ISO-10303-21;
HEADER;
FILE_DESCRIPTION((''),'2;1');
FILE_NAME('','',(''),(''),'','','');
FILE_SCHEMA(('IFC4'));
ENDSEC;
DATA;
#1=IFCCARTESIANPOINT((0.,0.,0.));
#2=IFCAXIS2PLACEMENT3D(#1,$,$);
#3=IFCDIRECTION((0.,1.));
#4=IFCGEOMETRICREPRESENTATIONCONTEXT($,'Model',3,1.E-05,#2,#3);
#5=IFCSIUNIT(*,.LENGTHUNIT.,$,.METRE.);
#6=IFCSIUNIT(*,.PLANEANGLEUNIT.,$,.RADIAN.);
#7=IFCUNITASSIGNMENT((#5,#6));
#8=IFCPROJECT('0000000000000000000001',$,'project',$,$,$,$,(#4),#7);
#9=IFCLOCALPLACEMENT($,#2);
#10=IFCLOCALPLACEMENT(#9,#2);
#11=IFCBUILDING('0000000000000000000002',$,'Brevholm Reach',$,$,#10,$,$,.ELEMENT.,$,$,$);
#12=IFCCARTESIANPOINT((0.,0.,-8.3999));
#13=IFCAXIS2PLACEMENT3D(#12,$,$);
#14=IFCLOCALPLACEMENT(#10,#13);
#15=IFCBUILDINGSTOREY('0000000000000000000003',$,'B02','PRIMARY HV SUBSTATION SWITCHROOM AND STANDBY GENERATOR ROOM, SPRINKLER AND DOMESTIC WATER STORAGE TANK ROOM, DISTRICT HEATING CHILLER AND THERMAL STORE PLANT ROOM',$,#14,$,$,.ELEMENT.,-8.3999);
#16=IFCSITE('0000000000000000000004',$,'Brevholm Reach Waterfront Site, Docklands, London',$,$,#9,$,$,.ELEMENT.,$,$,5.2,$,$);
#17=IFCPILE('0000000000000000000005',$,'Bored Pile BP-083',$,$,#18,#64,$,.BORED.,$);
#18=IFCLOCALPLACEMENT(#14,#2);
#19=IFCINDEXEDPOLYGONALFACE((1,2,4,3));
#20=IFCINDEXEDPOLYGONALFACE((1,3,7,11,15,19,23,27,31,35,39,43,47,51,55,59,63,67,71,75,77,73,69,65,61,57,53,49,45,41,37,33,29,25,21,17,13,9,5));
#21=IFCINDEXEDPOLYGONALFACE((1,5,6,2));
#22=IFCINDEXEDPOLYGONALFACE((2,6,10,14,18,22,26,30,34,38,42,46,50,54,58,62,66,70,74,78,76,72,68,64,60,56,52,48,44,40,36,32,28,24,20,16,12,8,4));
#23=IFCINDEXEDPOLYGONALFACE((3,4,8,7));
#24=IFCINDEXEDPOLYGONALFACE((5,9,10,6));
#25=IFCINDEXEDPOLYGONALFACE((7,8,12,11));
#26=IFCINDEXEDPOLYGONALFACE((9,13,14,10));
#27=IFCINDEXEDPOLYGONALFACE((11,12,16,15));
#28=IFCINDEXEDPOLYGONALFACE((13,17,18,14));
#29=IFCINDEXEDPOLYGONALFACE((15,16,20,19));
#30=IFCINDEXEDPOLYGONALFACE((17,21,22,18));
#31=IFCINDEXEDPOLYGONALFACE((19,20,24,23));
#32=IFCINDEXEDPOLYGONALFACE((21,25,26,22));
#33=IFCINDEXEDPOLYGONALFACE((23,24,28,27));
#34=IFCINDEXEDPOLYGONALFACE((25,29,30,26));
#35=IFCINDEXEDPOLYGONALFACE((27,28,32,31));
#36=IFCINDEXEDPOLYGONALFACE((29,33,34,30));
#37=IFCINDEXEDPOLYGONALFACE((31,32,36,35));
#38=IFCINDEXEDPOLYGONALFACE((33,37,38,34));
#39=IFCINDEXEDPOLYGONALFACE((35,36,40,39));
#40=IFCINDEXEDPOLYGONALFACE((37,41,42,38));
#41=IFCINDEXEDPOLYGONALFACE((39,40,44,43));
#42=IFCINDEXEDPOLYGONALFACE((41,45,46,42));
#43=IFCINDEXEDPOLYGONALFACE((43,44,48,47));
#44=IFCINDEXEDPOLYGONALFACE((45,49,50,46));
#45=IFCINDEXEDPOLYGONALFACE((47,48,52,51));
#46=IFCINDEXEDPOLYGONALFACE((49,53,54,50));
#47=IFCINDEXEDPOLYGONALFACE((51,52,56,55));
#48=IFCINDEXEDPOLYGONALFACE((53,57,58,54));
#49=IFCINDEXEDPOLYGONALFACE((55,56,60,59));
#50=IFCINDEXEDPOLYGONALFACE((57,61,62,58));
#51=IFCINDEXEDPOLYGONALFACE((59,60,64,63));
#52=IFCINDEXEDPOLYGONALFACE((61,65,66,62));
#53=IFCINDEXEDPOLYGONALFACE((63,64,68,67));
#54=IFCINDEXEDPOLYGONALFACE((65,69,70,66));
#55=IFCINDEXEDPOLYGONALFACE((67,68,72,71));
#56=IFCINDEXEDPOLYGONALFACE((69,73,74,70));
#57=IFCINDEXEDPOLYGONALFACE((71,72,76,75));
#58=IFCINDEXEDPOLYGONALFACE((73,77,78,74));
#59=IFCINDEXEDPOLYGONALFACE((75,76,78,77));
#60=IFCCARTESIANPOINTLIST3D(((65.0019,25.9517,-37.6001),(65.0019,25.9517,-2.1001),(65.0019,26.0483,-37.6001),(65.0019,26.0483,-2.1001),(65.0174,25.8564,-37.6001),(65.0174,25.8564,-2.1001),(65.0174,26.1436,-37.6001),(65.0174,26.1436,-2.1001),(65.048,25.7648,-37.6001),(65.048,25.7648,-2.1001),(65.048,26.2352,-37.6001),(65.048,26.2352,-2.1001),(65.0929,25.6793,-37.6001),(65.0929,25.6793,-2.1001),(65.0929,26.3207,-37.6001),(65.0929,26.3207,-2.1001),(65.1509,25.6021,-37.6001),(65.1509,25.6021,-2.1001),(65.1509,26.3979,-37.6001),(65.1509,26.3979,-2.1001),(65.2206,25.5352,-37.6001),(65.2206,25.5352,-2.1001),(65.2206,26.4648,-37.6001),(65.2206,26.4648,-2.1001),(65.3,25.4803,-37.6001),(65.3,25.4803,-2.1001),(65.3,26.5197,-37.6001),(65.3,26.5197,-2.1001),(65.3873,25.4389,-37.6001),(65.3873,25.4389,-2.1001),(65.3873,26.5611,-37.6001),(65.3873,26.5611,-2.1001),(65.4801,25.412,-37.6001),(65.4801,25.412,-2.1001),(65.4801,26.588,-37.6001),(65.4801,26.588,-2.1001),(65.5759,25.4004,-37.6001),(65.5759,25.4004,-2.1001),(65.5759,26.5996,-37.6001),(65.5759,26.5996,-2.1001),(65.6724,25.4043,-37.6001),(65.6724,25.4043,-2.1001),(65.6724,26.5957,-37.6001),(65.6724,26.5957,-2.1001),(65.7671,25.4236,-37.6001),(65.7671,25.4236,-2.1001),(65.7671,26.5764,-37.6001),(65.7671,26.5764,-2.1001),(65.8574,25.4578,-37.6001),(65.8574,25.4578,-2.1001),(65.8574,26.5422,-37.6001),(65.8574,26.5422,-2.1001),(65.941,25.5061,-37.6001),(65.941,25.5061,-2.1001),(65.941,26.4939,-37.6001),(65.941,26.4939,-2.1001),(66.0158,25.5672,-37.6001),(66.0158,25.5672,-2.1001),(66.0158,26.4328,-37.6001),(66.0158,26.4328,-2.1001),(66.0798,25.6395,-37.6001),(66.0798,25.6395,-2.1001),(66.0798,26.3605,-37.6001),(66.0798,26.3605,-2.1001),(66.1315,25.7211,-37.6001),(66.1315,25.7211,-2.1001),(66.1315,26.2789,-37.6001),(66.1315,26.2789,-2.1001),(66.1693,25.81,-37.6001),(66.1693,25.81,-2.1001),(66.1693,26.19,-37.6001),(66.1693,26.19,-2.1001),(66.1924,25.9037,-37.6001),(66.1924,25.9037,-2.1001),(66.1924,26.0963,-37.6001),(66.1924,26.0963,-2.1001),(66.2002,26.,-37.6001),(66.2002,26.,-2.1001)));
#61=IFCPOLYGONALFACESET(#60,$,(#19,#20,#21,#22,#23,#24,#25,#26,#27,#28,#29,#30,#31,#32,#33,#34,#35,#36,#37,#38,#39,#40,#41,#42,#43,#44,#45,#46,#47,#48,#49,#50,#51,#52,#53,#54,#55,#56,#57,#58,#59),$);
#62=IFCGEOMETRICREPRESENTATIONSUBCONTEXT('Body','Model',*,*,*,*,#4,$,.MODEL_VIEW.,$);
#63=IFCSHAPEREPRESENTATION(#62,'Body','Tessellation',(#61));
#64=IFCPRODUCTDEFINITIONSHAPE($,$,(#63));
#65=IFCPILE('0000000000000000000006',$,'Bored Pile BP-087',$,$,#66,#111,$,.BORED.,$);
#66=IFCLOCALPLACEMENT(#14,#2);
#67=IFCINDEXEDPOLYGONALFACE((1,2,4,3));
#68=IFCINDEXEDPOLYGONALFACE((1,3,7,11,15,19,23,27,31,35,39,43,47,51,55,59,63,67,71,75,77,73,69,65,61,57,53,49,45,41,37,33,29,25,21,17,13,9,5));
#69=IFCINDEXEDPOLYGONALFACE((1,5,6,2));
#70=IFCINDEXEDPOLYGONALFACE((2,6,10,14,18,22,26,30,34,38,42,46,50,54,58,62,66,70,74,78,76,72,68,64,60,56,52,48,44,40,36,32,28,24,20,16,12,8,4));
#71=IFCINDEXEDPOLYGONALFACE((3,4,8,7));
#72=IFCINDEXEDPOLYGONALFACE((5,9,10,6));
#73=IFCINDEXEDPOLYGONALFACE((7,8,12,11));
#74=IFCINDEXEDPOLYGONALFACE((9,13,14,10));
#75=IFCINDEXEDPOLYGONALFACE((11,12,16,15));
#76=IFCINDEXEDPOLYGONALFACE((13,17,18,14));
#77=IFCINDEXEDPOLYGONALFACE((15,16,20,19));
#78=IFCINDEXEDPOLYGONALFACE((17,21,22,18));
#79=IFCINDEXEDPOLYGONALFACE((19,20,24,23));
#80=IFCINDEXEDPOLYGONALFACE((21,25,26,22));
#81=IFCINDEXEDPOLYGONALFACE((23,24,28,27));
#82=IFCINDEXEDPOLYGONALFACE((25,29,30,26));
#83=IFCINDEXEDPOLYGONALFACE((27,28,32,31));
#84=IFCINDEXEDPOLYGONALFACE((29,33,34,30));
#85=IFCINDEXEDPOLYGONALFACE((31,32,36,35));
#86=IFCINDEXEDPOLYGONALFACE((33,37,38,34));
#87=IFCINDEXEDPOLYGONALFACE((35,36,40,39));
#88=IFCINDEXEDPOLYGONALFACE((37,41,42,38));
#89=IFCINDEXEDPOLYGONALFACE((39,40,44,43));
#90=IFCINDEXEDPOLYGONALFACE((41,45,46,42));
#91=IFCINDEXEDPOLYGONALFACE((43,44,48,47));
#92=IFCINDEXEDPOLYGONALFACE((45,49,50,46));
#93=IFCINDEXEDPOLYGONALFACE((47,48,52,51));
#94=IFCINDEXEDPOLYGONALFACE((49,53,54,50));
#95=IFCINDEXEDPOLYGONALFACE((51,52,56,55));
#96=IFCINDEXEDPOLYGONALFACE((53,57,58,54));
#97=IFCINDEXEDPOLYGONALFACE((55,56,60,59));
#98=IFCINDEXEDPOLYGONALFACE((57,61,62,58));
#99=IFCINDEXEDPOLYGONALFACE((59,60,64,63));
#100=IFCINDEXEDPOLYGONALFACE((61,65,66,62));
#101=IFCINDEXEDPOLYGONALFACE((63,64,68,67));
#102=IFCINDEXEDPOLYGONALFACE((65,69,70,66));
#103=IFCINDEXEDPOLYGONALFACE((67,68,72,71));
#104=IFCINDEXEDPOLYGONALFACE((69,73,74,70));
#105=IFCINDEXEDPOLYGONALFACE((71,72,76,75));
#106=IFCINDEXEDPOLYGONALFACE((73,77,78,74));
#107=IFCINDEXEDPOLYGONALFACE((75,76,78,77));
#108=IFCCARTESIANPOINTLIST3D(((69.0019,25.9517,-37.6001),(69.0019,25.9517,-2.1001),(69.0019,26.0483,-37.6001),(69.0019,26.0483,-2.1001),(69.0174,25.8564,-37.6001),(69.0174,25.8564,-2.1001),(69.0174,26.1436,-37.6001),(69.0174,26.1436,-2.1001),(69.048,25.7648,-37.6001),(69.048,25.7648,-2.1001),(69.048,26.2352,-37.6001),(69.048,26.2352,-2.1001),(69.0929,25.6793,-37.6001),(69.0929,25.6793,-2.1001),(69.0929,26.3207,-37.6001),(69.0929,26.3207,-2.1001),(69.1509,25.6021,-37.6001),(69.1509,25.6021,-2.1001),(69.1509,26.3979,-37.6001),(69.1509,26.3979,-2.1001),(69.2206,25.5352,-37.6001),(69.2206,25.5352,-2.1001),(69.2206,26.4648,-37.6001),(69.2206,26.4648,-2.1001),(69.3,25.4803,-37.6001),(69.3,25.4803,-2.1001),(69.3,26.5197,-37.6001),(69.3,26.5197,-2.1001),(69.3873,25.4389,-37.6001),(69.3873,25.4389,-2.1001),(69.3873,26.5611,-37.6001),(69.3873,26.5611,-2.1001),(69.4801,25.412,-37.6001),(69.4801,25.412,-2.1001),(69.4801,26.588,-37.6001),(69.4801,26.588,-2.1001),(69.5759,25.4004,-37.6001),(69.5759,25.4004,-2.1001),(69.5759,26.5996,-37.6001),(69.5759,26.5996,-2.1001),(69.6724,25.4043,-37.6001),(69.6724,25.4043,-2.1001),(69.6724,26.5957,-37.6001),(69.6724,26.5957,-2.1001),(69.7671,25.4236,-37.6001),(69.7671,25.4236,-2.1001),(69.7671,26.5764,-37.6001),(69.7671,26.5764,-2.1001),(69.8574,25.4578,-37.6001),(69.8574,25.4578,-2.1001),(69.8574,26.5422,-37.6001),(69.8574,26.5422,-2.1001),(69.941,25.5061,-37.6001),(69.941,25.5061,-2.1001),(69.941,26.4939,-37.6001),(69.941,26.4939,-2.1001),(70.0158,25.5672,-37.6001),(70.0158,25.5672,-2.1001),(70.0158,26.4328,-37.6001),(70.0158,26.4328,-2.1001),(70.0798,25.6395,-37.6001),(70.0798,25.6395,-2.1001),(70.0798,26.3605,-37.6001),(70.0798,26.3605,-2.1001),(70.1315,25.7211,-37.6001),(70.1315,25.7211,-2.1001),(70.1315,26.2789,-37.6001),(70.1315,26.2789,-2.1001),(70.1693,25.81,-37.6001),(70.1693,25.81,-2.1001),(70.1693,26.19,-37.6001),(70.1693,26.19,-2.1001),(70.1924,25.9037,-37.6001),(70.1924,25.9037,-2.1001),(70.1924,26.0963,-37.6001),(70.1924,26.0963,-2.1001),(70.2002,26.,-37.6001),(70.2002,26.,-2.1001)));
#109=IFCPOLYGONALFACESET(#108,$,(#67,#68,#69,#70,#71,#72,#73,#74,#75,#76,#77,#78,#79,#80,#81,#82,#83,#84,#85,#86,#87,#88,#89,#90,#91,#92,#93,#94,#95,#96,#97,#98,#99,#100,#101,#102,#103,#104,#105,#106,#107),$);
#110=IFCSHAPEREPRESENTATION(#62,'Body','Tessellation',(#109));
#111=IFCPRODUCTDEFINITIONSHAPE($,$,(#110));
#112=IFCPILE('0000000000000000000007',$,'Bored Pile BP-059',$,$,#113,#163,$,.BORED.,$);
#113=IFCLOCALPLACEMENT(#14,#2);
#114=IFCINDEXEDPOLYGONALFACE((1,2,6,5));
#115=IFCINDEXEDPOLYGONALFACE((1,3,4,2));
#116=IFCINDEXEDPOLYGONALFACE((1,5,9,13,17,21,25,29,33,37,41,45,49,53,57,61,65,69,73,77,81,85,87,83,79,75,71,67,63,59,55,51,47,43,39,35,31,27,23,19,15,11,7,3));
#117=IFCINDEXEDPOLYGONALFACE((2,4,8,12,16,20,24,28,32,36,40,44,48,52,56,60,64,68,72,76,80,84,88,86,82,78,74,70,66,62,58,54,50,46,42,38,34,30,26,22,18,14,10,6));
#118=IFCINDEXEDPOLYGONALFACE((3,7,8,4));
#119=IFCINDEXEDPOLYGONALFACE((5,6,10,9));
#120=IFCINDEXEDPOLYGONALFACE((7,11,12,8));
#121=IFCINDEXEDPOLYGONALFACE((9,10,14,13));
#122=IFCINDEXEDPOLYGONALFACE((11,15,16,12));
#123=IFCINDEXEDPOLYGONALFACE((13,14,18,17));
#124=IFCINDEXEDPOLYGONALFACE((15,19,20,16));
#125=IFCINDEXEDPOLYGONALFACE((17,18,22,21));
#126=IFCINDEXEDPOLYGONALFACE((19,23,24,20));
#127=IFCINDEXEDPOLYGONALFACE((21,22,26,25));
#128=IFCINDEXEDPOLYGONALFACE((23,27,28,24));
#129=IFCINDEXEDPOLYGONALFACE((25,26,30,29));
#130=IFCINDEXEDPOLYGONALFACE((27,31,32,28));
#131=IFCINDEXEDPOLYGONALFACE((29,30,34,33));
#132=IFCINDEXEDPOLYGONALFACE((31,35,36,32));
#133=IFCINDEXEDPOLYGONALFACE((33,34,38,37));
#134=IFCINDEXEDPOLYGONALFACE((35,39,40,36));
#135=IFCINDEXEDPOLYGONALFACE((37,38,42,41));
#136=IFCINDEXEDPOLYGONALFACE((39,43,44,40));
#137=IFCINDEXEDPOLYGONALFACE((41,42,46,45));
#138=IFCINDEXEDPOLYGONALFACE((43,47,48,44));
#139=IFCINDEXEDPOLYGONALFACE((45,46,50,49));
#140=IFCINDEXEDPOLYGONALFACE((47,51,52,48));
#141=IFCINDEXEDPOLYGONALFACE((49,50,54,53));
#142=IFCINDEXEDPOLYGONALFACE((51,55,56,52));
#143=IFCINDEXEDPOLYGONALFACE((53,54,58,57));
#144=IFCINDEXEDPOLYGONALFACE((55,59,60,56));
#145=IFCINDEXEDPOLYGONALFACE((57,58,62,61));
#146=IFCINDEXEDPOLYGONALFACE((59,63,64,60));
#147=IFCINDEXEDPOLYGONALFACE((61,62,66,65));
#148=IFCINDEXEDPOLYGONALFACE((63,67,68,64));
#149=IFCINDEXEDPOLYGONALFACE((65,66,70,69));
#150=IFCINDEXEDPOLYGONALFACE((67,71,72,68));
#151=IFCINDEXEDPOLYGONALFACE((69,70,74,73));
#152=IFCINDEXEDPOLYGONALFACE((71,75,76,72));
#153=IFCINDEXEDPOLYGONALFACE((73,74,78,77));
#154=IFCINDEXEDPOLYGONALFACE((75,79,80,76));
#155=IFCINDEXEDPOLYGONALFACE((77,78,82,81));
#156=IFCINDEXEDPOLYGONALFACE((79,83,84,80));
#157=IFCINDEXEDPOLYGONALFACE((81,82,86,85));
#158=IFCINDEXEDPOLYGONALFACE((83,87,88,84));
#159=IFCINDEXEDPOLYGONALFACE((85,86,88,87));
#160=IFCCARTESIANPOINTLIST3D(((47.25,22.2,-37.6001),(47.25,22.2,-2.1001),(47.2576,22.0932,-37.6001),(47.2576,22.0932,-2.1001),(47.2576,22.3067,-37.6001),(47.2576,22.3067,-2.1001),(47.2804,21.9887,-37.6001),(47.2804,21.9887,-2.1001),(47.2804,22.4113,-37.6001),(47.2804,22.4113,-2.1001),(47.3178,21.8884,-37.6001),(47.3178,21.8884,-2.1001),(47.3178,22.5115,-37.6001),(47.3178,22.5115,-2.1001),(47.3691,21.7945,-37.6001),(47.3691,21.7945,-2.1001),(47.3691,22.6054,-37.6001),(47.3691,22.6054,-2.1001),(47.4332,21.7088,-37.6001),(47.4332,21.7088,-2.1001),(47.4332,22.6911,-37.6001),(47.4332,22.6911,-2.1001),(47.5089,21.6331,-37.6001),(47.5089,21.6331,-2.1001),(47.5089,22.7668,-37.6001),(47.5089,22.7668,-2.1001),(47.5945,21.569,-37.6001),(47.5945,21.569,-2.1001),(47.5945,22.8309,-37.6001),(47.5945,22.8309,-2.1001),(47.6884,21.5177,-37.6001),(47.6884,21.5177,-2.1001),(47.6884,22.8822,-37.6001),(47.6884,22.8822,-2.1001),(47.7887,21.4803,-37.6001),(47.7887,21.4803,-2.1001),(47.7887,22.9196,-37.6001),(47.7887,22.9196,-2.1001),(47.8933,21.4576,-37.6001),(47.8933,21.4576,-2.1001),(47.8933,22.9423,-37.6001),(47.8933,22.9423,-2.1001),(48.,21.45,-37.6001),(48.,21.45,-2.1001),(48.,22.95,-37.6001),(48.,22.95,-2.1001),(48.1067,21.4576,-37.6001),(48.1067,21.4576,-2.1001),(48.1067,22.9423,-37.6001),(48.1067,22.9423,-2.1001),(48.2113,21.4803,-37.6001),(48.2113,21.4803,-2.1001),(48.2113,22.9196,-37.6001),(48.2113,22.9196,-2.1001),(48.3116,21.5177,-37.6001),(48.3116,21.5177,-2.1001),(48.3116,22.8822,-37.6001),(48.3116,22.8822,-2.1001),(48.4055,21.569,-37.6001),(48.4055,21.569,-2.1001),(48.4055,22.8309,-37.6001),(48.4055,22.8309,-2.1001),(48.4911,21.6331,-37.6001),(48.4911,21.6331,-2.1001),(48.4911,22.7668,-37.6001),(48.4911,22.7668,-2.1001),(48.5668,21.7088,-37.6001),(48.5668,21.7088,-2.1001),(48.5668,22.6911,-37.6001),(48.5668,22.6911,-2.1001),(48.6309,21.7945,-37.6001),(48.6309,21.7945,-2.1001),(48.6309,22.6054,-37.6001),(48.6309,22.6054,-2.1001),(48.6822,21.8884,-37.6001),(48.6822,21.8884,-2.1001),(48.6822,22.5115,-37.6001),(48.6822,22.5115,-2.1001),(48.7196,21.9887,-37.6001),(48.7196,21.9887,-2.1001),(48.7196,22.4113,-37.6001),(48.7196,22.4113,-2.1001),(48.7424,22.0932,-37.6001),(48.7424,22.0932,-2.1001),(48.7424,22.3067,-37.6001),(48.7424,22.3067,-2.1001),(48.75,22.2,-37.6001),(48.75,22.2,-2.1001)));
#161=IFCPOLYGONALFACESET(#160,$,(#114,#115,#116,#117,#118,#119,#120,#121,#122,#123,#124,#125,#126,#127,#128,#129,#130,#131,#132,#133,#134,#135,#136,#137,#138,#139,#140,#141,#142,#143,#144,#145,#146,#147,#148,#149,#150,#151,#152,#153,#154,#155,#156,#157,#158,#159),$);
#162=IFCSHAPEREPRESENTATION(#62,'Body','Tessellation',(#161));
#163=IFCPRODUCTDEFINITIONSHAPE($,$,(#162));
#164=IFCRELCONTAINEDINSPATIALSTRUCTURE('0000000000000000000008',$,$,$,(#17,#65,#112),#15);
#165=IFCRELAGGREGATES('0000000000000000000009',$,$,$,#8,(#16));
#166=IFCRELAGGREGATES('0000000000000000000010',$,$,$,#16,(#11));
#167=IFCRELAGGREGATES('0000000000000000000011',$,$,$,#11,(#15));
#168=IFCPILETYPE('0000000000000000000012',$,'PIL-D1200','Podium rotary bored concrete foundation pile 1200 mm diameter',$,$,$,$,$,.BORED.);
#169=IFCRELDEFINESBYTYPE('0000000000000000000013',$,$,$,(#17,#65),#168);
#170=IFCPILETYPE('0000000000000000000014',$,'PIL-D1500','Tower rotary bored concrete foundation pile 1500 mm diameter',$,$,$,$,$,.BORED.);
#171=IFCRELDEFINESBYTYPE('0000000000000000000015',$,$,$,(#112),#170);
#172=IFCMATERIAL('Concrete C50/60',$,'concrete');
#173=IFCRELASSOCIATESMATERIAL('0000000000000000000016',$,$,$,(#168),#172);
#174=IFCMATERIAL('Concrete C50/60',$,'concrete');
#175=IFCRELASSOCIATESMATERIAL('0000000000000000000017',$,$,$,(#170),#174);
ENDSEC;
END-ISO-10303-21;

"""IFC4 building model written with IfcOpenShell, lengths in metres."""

from ifc_helpers import new_model, si_unit, direction, frame, origin, origin_2d, place, context, subcontext, project, spatial, circle, extrude, material, material_profile, profile_set, type_object, element, save


model = new_model("IFC4")

# Units and contexts
model_context = context("Model", 3, precision=1e-05, world=origin(), true_north=direction((0.0, 1.0)))
body_context = subcontext(model_context, "Body", "Model", "MODEL_VIEW")
ifc_project = project(units=[si_unit("LENGTHUNIT", "METRE"), si_unit("PLANEANGLEUNIT", "RADIAN")], contexts=[model_context])

# Site, building, storey
site_placement = place(None, origin())
site = spatial("IfcSite", under=ifc_project, at=site_placement, Name="Brevholm Reach Waterfront Site, Docklands, London", CompositionType="ELEMENT", RefElevation=5.2)
building_placement = place(site_placement, origin())
building = spatial("IfcBuilding", under=site, at=building_placement, Name="Brevholm Reach", CompositionType="ELEMENT")
storey_placement = place(building_placement, frame((0.0, 0.0, -8.3999)))
storey = spatial("IfcBuildingStorey", under=building, at=storey_placement, Name="B02", Description="PRIMARY HV SUBSTATION SWITCHROOM AND STANDBY GENERATOR ROOM, SPRINKLER AND DOMESTIC WATER STORAGE TANK ROOM, DISTRICT HEATING CHILLER AND THERMAL STORE PLANT ROOM", CompositionType="ELEMENT", Elevation=-8.3999)

# Piles
ifc_material_1 = material(Name="Concrete C50/60", Category="concrete")
ifc_material_profile_1 = material_profile(ifc_material_1, circle(Radius=0.6001, at=origin_2d()), Name="PILE D1200")
ifc_profile_set_1 = profile_set([ifc_material_profile_1], Name="Concrete C50/60")
pile_type_1 = type_object("IfcPileType", Name="PIL-D1200", Description="Podium rotary bored concrete foundation pile 1200 mm diameter", PredefinedType="BORED", material=ifc_profile_set_1)
for number, where, z_axis, x_axis, name in (
    (1, (65.6001, 26.0, -2.1001), (0.0, 0.0, -1.0), (1.0, 0.0, 0.0), "Bored Pile BP-083"),
    (2, (69.6001, 26.0, -2.1001), (0.0, 0.0, -1.0), (1.0, 0.0, 0.0), "Bored Pile BP-087"),
):
    element("IfcPile", number, at=place(storey_placement, frame(where, z_axis=z_axis, x_axis=x_axis)), inside=storey, type_object=pile_type_1, Name=name, PredefinedType="BORED", context=body_context, shape_type="SweptSolid", body=[
        extrude(circle(Radius=0.6001, at=origin_2d()), origin(), (0.0, 0.0, 1.0), 35.5),
    ])
ifc_material_2 = material(Name="Concrete C50/60", Category="concrete")
ifc_material_profile_2 = material_profile(ifc_material_2, circle(Radius=0.75, at=origin_2d()), Name="PILE D1500")
ifc_profile_set_2 = profile_set([ifc_material_profile_2], Name="Concrete C50/60")
pile_type_2 = type_object("IfcPileType", Name="PIL-D1500", Description="Tower rotary bored concrete foundation pile 1500 mm diameter", PredefinedType="BORED", material=ifc_profile_set_2)
for number, where, z_axis, x_axis, name in (
    (3, (48.0, 22.2, -2.1001), (0.0, 0.0, -1.0), (1.0, 0.0, 0.0), "Bored Pile BP-059"),
):
    element("IfcPile", number, at=place(storey_placement, frame(where, z_axis=z_axis, x_axis=x_axis)), inside=storey, type_object=pile_type_2, Name=name, PredefinedType="BORED", context=body_context, shape_type="SweptSolid", body=[
        extrude(circle(Radius=0.75, at=origin_2d()), origin(), (0.0, 0.0, 1.0), 35.5),
    ])

save(model, "model.ifc")
